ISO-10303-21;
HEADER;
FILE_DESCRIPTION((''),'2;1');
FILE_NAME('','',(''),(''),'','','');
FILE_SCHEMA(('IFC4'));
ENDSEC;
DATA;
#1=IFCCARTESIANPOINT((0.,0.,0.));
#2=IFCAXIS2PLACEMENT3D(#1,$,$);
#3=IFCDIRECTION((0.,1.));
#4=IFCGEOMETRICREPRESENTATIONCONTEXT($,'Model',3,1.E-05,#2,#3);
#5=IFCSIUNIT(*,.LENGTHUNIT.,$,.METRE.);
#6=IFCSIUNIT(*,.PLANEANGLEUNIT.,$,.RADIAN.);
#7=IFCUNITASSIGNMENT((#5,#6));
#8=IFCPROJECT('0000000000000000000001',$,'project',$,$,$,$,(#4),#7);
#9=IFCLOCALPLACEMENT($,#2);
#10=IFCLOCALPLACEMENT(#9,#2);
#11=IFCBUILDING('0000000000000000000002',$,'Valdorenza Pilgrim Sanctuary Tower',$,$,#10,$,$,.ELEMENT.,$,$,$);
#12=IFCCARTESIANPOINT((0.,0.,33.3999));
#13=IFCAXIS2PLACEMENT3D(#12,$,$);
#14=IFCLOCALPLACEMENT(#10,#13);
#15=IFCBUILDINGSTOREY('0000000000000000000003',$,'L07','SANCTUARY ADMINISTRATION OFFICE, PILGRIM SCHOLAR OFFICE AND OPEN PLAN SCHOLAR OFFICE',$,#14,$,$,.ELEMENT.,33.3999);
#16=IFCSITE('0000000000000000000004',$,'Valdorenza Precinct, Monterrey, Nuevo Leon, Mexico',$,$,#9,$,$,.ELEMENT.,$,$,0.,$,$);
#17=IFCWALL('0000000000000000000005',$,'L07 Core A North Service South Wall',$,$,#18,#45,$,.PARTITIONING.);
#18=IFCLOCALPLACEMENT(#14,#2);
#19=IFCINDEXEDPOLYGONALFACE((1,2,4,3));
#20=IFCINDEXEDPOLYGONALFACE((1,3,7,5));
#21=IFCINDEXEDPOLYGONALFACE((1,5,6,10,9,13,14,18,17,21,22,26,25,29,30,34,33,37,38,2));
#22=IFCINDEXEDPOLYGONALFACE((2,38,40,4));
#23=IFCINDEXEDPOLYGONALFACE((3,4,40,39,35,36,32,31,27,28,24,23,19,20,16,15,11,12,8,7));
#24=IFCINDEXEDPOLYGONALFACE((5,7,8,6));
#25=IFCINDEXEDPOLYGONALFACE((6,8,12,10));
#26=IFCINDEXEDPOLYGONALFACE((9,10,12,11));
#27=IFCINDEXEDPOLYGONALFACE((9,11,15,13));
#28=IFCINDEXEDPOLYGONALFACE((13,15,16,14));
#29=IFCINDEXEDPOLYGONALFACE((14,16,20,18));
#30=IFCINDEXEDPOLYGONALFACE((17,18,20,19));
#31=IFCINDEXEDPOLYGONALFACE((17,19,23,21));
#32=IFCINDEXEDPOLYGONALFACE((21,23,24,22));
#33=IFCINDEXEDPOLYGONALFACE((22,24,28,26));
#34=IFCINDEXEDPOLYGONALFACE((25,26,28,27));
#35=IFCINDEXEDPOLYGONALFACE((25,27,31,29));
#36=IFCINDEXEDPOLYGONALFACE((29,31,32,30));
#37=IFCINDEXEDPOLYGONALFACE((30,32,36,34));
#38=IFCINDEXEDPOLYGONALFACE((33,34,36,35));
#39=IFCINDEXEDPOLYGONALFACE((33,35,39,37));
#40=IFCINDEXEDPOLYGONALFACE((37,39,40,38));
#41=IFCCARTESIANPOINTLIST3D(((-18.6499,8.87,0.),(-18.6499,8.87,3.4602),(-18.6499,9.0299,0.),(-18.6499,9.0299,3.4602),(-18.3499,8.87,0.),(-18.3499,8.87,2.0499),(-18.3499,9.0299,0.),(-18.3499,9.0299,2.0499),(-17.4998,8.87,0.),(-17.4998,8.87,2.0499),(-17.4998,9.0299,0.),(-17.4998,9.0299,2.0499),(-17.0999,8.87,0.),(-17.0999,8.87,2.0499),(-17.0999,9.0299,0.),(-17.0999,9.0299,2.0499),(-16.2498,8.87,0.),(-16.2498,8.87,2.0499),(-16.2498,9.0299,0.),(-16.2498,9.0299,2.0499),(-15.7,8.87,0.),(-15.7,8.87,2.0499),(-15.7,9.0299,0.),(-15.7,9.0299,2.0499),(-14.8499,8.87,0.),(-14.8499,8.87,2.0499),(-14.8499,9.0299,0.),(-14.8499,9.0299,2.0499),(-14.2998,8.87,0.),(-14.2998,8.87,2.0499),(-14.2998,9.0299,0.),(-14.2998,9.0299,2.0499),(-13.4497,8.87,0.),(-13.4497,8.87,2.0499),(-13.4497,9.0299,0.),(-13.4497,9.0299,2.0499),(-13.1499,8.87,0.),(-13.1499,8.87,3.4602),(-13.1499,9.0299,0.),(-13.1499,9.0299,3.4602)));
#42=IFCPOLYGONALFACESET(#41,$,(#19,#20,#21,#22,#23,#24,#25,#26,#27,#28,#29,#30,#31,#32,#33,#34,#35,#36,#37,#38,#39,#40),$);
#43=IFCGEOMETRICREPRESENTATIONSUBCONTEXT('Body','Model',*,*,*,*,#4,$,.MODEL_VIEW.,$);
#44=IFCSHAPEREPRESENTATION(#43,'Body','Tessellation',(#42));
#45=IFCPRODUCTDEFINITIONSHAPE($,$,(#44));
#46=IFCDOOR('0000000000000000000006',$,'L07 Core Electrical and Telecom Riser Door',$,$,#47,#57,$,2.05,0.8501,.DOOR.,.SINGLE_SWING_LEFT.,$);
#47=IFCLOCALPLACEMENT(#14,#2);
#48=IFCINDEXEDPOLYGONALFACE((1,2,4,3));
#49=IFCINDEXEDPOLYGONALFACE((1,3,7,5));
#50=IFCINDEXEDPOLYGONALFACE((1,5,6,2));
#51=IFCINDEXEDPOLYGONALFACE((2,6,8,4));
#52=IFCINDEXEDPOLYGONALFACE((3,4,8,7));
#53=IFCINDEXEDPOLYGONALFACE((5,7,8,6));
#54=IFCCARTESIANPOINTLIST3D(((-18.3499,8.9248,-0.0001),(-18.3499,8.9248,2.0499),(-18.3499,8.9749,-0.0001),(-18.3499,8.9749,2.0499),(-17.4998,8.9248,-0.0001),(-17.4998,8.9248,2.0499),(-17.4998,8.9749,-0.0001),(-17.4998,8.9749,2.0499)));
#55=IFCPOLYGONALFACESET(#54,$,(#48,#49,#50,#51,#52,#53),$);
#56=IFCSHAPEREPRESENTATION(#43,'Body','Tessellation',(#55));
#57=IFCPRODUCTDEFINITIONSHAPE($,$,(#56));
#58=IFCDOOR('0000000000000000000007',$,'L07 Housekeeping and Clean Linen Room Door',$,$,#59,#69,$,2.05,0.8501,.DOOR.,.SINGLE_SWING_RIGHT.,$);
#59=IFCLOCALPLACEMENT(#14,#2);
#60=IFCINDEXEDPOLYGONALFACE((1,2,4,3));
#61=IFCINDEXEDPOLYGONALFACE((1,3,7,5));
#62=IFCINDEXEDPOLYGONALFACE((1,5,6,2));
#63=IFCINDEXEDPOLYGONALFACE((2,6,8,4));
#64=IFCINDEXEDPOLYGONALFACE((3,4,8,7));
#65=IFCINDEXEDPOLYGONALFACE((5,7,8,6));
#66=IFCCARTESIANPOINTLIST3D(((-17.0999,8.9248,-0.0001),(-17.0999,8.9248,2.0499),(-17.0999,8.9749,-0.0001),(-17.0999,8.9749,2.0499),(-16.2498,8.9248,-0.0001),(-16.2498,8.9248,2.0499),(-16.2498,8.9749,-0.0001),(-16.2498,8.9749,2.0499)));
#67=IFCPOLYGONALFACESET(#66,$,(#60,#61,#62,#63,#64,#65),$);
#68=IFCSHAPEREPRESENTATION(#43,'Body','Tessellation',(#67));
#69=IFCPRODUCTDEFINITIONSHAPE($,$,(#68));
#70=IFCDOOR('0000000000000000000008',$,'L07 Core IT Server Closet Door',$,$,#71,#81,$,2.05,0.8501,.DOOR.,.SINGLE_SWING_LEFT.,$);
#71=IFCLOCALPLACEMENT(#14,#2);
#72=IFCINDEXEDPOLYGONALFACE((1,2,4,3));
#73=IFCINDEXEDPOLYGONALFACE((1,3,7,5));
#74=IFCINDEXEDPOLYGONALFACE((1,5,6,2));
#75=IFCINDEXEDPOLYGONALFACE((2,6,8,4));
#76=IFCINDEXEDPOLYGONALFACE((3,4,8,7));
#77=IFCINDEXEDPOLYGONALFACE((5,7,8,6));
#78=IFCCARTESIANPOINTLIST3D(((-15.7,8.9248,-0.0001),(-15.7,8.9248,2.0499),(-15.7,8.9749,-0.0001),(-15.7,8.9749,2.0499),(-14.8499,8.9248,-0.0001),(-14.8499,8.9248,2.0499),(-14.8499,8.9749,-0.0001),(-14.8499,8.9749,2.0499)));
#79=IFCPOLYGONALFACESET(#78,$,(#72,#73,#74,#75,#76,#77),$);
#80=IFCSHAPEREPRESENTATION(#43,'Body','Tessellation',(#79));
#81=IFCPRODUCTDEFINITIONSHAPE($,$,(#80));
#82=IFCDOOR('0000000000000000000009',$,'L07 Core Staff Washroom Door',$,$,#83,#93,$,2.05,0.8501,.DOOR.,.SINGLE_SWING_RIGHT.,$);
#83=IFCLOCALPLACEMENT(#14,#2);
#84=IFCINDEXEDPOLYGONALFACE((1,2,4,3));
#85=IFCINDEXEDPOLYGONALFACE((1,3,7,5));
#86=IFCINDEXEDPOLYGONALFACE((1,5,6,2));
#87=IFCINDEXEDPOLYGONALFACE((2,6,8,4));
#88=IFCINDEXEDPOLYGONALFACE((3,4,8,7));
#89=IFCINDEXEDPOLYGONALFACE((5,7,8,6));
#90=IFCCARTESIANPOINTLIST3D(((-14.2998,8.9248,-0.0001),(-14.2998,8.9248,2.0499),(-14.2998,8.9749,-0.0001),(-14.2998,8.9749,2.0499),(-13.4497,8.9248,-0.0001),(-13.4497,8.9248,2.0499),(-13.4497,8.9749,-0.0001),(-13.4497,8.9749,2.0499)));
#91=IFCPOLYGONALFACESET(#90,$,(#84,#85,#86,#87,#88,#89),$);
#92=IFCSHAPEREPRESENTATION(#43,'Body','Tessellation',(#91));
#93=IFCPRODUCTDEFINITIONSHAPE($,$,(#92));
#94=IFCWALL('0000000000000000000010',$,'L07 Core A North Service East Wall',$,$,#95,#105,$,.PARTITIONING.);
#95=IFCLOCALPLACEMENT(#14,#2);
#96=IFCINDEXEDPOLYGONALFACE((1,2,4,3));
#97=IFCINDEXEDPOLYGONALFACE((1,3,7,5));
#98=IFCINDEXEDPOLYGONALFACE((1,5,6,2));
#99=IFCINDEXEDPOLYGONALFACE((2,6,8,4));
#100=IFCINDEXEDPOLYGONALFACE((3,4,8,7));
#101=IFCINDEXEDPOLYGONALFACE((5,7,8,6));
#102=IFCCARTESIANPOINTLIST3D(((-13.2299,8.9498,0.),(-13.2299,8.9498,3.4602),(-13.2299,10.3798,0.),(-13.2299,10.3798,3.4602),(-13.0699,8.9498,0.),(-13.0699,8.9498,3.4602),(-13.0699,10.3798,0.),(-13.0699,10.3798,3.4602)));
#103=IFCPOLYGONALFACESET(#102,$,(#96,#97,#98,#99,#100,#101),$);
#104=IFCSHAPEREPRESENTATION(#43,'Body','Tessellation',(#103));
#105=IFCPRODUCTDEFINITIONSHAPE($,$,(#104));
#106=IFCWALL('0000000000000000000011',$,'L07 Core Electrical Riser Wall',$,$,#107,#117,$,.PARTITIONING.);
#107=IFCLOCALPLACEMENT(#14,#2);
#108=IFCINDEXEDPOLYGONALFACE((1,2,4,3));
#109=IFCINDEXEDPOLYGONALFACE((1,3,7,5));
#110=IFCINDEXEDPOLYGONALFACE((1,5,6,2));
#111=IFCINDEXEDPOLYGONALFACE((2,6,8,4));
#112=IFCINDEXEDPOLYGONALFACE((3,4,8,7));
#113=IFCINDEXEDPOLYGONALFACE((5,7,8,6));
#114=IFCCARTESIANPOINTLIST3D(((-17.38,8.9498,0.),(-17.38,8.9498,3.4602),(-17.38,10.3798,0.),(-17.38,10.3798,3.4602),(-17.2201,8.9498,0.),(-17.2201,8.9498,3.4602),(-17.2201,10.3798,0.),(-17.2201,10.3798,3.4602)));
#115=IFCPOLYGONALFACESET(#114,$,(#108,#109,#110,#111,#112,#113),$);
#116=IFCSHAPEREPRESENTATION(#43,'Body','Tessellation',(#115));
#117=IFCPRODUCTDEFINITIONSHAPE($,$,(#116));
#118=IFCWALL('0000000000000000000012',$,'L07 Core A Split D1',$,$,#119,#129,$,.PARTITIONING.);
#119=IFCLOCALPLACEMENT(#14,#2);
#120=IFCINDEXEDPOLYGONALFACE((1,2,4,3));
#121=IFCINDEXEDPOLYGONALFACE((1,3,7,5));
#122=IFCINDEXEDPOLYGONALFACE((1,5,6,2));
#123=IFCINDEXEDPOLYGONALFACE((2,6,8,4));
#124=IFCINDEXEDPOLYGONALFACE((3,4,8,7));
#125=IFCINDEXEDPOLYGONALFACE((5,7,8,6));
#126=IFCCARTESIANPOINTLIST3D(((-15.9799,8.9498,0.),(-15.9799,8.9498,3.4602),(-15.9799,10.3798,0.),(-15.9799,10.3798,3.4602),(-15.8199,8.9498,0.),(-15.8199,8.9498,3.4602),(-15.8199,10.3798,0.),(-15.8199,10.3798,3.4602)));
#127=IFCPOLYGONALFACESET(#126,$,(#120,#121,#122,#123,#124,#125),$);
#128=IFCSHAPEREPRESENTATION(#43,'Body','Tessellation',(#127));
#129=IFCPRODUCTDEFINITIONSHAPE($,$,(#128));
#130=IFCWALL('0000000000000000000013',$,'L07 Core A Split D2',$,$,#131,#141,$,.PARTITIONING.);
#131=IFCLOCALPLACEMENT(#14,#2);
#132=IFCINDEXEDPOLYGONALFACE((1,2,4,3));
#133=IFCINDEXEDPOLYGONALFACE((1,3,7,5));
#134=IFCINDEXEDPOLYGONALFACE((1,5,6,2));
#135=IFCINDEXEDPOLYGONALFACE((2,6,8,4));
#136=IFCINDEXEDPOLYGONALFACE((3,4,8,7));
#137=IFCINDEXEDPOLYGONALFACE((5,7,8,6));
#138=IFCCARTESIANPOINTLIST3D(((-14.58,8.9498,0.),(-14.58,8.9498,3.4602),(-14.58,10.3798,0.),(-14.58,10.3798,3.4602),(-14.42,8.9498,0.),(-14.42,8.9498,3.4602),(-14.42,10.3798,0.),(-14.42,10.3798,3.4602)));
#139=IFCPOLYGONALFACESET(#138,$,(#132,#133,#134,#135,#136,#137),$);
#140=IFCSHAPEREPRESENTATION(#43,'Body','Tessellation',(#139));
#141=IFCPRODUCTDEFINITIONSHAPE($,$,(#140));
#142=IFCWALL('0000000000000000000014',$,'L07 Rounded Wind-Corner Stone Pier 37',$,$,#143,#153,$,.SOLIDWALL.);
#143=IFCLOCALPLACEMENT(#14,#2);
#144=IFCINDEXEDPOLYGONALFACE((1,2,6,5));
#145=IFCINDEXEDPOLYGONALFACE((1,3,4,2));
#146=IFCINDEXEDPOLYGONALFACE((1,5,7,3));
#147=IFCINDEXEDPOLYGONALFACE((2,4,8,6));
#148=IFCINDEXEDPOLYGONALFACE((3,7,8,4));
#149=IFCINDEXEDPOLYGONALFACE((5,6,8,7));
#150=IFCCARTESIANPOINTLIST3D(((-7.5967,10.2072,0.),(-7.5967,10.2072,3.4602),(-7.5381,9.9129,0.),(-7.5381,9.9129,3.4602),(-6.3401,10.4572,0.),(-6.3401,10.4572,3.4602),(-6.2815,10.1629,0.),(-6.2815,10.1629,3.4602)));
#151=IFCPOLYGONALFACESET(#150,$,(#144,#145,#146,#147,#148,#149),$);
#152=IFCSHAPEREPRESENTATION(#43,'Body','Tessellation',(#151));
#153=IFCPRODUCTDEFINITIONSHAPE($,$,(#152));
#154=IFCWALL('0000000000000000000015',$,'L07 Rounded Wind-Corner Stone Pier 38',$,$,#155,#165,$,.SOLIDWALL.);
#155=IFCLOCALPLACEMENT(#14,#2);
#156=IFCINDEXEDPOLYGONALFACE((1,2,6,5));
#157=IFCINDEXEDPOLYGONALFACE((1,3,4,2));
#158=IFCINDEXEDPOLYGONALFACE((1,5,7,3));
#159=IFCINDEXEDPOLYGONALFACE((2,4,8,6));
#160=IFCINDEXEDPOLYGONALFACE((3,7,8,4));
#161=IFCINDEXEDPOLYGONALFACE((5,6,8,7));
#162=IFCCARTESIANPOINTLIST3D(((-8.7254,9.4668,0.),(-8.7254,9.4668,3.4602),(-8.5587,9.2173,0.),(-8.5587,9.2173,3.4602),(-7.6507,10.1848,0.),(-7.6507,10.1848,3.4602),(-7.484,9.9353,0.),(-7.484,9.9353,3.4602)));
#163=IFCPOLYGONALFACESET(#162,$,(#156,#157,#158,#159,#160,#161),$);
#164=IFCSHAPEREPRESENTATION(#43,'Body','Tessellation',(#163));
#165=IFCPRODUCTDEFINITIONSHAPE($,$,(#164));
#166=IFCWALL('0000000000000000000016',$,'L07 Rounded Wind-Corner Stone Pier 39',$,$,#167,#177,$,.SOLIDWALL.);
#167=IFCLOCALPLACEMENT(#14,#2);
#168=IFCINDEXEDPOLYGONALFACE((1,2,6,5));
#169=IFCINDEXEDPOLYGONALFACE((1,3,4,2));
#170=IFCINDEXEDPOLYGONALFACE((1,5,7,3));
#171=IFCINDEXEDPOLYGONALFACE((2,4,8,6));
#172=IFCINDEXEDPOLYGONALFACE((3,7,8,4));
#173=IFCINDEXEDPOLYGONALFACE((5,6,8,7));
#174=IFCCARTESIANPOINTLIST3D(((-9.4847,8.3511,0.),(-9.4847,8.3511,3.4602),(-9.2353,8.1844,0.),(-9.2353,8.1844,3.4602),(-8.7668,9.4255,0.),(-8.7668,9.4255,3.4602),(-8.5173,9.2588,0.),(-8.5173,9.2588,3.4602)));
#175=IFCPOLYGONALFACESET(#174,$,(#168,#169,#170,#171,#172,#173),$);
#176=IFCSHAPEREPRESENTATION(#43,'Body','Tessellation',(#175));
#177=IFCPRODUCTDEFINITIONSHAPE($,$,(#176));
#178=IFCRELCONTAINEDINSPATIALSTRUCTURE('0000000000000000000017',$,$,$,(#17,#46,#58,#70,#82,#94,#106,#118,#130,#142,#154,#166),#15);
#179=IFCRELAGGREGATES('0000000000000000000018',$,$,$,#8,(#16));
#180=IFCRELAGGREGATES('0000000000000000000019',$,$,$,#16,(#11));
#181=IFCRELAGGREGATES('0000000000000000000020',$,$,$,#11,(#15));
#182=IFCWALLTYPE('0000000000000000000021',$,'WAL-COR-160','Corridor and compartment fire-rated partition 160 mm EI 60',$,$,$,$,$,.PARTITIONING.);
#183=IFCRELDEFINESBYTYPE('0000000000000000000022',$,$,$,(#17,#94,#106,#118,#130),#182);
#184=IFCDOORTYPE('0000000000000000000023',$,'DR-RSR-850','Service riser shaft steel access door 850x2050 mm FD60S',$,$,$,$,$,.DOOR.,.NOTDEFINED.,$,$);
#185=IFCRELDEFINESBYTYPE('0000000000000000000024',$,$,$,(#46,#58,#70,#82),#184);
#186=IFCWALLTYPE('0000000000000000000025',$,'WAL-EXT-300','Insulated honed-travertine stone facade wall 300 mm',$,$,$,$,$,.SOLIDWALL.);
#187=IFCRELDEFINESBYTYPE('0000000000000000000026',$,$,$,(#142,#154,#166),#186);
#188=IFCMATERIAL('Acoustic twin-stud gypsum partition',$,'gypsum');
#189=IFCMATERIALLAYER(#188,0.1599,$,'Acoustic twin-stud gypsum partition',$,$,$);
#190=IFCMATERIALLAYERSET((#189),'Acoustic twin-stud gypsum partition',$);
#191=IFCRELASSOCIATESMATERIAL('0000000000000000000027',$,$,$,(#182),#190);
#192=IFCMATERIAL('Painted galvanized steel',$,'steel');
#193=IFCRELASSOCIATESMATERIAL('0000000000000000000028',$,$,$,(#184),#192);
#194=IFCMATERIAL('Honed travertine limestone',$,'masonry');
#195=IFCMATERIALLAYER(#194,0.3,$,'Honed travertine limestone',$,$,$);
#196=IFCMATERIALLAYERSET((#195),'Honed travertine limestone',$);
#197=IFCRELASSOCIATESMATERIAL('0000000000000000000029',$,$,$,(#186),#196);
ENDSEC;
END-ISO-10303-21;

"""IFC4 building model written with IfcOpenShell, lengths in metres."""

from ifc_helpers import new_model, si_unit, direction, frame, frame_2d, origin, place, context, subcontext, project, spatial, rectangle, extrude, material, layer, layer_set, type_object, element, fill, save


model = new_model("IFC4")

# Units and contexts
model_context = context("Model", 3, precision=1e-05, world=origin(), true_north=direction((0.0, 1.0)))
body_context = subcontext(model_context, "Body", "Model", "MODEL_VIEW")
ifc_project = project(units=[si_unit("LENGTHUNIT", "METRE"), si_unit("PLANEANGLEUNIT", "RADIAN")], contexts=[model_context])

# Site, building, storey
site_placement = place(None, origin())
site = spatial("IfcSite", under=ifc_project, at=site_placement, Name="Valdorenza Precinct, Monterrey, Nuevo Leon, Mexico", CompositionType="ELEMENT", RefElevation=0.0)
building_placement = place(site_placement, origin())
building = spatial("IfcBuilding", under=site, at=building_placement, Name="Valdorenza Pilgrim Sanctuary Tower", CompositionType="ELEMENT")
storey_placement = place(building_placement, frame((0.0, 0.0, 33.3999)))
storey = spatial("IfcBuildingStorey", under=building, at=storey_placement, Name="L07", Description="SANCTUARY ADMINISTRATION OFFICE, PILGRIM SCHOLAR OFFICE AND OPEN PLAN SCHOLAR OFFICE", CompositionType="ELEMENT", Elevation=33.3999)

# Shared definitions
ifc_material_1 = material(Name="Acoustic twin-stud gypsum partition", Category="gypsum")
ifc_layer_1 = layer(ifc_material_1, 0.1599, Name="Acoustic twin-stud gypsum partition")
ifc_layer_set_1 = layer_set([ifc_layer_1], Name="Acoustic twin-stud gypsum partition")
wall_type_1 = type_object("IfcWallType", Name="WAL-COR-160", Description="Corridor and compartment fire-rated partition 160 mm EI 60", PredefinedType="PARTITIONING", material=ifc_layer_set_1)

# Wall, openings, doors
wall_1_placement = place(storey_placement, frame((-18.6499, 8.95, 0.0), z_axis=(0.0, 0.0, 1.0), x_axis=(1.0, 0.0, 0.0)))
wall_1 = element("IfcWall", 1, at=wall_1_placement, inside=storey, type_object=wall_type_1, Name="L07 Core A North Service South Wall", PredefinedType="PARTITIONING", context=body_context, shape_type="SweptSolid", body=[
    extrude(rectangle(XDim=5.5, YDim=0.1599, at=frame_2d((2.75, 0.0))), origin(), (0.0, 0.0, 1.0), 3.4602),
])
opening_1_placement = place(wall_1_placement, frame((0.3, 0.0, 0.0)))
opening_1 = element("IfcOpeningElement", 2, at=opening_1_placement, cuts=wall_1, PredefinedType="OPENING", context=body_context, shape_type="SweptSolid", body=[
    extrude(rectangle(XDim=0.8501, YDim=2.05, at=frame_2d((0.425, 1.0249))), frame((0.0, 0.0947, 0.0), z_axis=(0.0, -1.0, 0.0), x_axis=(1.0, 0.0, 0.0)), (0.0, 0.0, 1.0), 0.1897),
])
opening_2_placement = place(wall_1_placement, frame((1.55, 0.0, 0.0)))
opening_2 = element("IfcOpeningElement", 3, at=opening_2_placement, cuts=wall_1, PredefinedType="OPENING", context=body_context, shape_type="SweptSolid", body=[
    extrude(rectangle(XDim=0.8501, YDim=2.05, at=frame_2d((0.425, 1.0249))), frame((0.0, 0.0947, 0.0), z_axis=(0.0, -1.0, 0.0), x_axis=(1.0, 0.0, 0.0)), (0.0, 0.0, 1.0), 0.1897),
])
opening_3_placement = place(wall_1_placement, frame((2.95, 0.0, 0.0)))
opening_3 = element("IfcOpeningElement", 4, at=opening_3_placement, cuts=wall_1, PredefinedType="OPENING", context=body_context, shape_type="SweptSolid", body=[
    extrude(rectangle(XDim=0.8501, YDim=2.05, at=frame_2d((0.425, 1.0249))), frame((0.0, 0.0947, 0.0), z_axis=(0.0, -1.0, 0.0), x_axis=(1.0, 0.0, 0.0)), (0.0, 0.0, 1.0), 0.1897),
])
opening_4_placement = place(wall_1_placement, frame((4.3501, 0.0, 0.0)))
opening_4 = element("IfcOpeningElement", 5, at=opening_4_placement, cuts=wall_1, PredefinedType="OPENING", context=body_context, shape_type="SweptSolid", body=[
    extrude(rectangle(XDim=0.8501, YDim=2.05, at=frame_2d((0.425, 1.0249))), frame((0.0, 0.0947, 0.0), z_axis=(0.0, -1.0, 0.0), x_axis=(1.0, 0.0, 0.0)), (0.0, 0.0, 1.0), 0.1897),
])
ifc_material_2 = material(Name="Painted galvanized steel", Category="steel")
door_type_1 = type_object("IfcDoorType", Name="DR-RSR-850", Description="Service riser shaft steel access door 850x2050 mm FD60S", OperationType="NOTDEFINED", PredefinedType="DOOR", material=ifc_material_2)
door_1_placement = place(opening_1_placement, origin())
door_1 = element("IfcDoor", 6, at=door_1_placement, inside=storey, type_object=door_type_1, Name="L07 Core Electrical and Telecom Riser Door", OperationType="SINGLE_SWING_LEFT", OverallHeight=2.05, OverallWidth=0.8501, PredefinedType="DOOR", context=body_context, shape_type="SweptSolid", body=[
    extrude(rectangle(XDim=0.8501, YDim=2.05, at=frame_2d((0.425, 1.0249))), frame((0.0, 0.0249, 0.0), z_axis=(0.0, -1.0, 0.0), x_axis=(1.0, 0.0, 0.0)), (0.0, 0.0, 1.0), 0.05),
])
fill(opening_1, door_1)
door_2_placement = place(opening_2_placement, origin())
door_2 = element("IfcDoor", 7, at=door_2_placement, inside=storey, type_object=door_type_1, Name="L07 Housekeeping and Clean Linen Room Door", OperationType="SINGLE_SWING_RIGHT", OverallHeight=2.05, OverallWidth=0.8501, PredefinedType="DOOR", context=body_context, shape_type="SweptSolid", body=[
    extrude(rectangle(XDim=0.8501, YDim=2.05, at=frame_2d((0.425, 1.0249))), frame((0.0, 0.0249, 0.0), z_axis=(0.0, -1.0, 0.0), x_axis=(1.0, 0.0, 0.0)), (0.0, 0.0, 1.0), 0.05),
])
fill(opening_2, door_2)
door_3_placement = place(opening_3_placement, origin())
door_3 = element("IfcDoor", 8, at=door_3_placement, inside=storey, type_object=door_type_1, Name="L07 Core IT Server Closet Door", OperationType="SINGLE_SWING_LEFT", OverallHeight=2.05, OverallWidth=0.8501, PredefinedType="DOOR", context=body_context, shape_type="SweptSolid", body=[
    extrude(rectangle(XDim=0.8501, YDim=2.05, at=frame_2d((0.425, 1.0249))), frame((0.0, 0.0249, 0.0), z_axis=(0.0, -1.0, 0.0), x_axis=(1.0, 0.0, 0.0)), (0.0, 0.0, 1.0), 0.05),
])
fill(opening_3, door_3)
door_4_placement = place(opening_4_placement, origin())
door_4 = element("IfcDoor", 9, at=door_4_placement, inside=storey, type_object=door_type_1, Name="L07 Core Staff Washroom Door", OperationType="SINGLE_SWING_RIGHT", OverallHeight=2.05, OverallWidth=0.8501, PredefinedType="DOOR", context=body_context, shape_type="SweptSolid", body=[
    extrude(rectangle(XDim=0.8501, YDim=2.05, at=frame_2d((0.425, 1.0249))), frame((0.0, 0.0249, 0.0), z_axis=(0.0, -1.0, 0.0), x_axis=(1.0, 0.0, 0.0)), (0.0, 0.0, 1.0), 0.05),
])
fill(opening_4, door_4)

# Walls
for number, where, z_axis, x_axis, name in (
    (10, (-13.1499, 8.95, 0.0), (0.0, 0.0, 1.0), (0.0, 1.0, 0.0), "L07 Core A North Service East Wall"),
    (11, (-17.3, 8.95, 0.0), (0.0, 0.0, 1.0), (0.0, 1.0, 0.0), "L07 Core Electrical Riser Wall"),
    (12, (-15.8999, 8.95, 0.0), (0.0, 0.0, 1.0), (0.0, 1.0, 0.0), "L07 Core A Split D1"),
    (13, (-14.5, 8.95, 0.0), (0.0, 0.0, 1.0), (0.0, 1.0, 0.0), "L07 Core A Split D2"),
):
    element("IfcWall", number, at=place(storey_placement, frame(where, z_axis=z_axis, x_axis=x_axis)), inside=storey, type_object=wall_type_1, Name=name, PredefinedType="PARTITIONING", context=body_context, shape_type="SweptSolid", body=[
        extrude(rectangle(XDim=1.4299, YDim=0.1599, at=frame_2d((0.7148, 0.0))), origin(), (0.0, 0.0, 1.0), 3.4602),
    ])
ifc_material_3 = material(Name="Honed travertine limestone", Category="masonry")
ifc_layer_2 = layer(ifc_material_3, 0.3, Name="Honed travertine limestone")
ifc_layer_set_2 = layer_set([ifc_layer_2], Name="Honed travertine limestone")
wall_type_2 = type_object("IfcWallType", Name="WAL-EXT-300", Description="Insulated honed-travertine stone facade wall 300 mm", PredefinedType="SOLIDWALL", material=ifc_layer_set_2)
wall_2_placement = place(storey_placement, frame((-6.3108, 10.3101, 0.0), z_axis=(0.0, 0.0, 1.0), x_axis=(-0.980778, -0.195127, 0.0)))
element("IfcWall", 14, at=wall_2_placement, inside=storey, type_object=wall_type_2, Name="L07 Rounded Wind-Corner Stone Pier 37", PredefinedType="SOLIDWALL", context=body_context, shape_type="SweptSolid", body=[
    extrude(rectangle(XDim=1.2812, YDim=0.3, at=frame_2d((0.6406, 0.0))), origin(), (0.0, 0.0, 1.0), 3.4602),
])
wall_3_placement = place(storey_placement, frame((-7.5674, 10.0601, 0.0), z_axis=(0.0, 0.0, 1.0), x_axis=(-0.831498, -0.555528, 0.0)))
element("IfcWall", 15, at=wall_3_placement, inside=storey, type_object=wall_type_2, Name="L07 Rounded Wind-Corner Stone Pier 38", PredefinedType="SOLIDWALL", context=body_context, shape_type="SweptSolid", body=[
    extrude(rectangle(XDim=1.2925, YDim=0.3, at=frame_2d((0.6462, 0.0))), origin(), (0.0, 0.0, 1.0), 3.4602),
])
wall_4_placement = place(storey_placement, frame((-8.6421, 9.342, 0.0), z_axis=(0.0, 0.0, 1.0), x_axis=(-0.555615, -0.831439, 0.0)))
element("IfcWall", 16, at=wall_4_placement, inside=storey, type_object=wall_type_2, Name="L07 Rounded Wind-Corner Stone Pier 39", PredefinedType="SOLIDWALL", context=body_context, shape_type="SweptSolid", body=[
    extrude(rectangle(XDim=1.2922, YDim=0.3, at=frame_2d((0.646, 0.0))), origin(), (0.0, 0.0, 1.0), 3.4602),
])

save(model, "model.ifc")
